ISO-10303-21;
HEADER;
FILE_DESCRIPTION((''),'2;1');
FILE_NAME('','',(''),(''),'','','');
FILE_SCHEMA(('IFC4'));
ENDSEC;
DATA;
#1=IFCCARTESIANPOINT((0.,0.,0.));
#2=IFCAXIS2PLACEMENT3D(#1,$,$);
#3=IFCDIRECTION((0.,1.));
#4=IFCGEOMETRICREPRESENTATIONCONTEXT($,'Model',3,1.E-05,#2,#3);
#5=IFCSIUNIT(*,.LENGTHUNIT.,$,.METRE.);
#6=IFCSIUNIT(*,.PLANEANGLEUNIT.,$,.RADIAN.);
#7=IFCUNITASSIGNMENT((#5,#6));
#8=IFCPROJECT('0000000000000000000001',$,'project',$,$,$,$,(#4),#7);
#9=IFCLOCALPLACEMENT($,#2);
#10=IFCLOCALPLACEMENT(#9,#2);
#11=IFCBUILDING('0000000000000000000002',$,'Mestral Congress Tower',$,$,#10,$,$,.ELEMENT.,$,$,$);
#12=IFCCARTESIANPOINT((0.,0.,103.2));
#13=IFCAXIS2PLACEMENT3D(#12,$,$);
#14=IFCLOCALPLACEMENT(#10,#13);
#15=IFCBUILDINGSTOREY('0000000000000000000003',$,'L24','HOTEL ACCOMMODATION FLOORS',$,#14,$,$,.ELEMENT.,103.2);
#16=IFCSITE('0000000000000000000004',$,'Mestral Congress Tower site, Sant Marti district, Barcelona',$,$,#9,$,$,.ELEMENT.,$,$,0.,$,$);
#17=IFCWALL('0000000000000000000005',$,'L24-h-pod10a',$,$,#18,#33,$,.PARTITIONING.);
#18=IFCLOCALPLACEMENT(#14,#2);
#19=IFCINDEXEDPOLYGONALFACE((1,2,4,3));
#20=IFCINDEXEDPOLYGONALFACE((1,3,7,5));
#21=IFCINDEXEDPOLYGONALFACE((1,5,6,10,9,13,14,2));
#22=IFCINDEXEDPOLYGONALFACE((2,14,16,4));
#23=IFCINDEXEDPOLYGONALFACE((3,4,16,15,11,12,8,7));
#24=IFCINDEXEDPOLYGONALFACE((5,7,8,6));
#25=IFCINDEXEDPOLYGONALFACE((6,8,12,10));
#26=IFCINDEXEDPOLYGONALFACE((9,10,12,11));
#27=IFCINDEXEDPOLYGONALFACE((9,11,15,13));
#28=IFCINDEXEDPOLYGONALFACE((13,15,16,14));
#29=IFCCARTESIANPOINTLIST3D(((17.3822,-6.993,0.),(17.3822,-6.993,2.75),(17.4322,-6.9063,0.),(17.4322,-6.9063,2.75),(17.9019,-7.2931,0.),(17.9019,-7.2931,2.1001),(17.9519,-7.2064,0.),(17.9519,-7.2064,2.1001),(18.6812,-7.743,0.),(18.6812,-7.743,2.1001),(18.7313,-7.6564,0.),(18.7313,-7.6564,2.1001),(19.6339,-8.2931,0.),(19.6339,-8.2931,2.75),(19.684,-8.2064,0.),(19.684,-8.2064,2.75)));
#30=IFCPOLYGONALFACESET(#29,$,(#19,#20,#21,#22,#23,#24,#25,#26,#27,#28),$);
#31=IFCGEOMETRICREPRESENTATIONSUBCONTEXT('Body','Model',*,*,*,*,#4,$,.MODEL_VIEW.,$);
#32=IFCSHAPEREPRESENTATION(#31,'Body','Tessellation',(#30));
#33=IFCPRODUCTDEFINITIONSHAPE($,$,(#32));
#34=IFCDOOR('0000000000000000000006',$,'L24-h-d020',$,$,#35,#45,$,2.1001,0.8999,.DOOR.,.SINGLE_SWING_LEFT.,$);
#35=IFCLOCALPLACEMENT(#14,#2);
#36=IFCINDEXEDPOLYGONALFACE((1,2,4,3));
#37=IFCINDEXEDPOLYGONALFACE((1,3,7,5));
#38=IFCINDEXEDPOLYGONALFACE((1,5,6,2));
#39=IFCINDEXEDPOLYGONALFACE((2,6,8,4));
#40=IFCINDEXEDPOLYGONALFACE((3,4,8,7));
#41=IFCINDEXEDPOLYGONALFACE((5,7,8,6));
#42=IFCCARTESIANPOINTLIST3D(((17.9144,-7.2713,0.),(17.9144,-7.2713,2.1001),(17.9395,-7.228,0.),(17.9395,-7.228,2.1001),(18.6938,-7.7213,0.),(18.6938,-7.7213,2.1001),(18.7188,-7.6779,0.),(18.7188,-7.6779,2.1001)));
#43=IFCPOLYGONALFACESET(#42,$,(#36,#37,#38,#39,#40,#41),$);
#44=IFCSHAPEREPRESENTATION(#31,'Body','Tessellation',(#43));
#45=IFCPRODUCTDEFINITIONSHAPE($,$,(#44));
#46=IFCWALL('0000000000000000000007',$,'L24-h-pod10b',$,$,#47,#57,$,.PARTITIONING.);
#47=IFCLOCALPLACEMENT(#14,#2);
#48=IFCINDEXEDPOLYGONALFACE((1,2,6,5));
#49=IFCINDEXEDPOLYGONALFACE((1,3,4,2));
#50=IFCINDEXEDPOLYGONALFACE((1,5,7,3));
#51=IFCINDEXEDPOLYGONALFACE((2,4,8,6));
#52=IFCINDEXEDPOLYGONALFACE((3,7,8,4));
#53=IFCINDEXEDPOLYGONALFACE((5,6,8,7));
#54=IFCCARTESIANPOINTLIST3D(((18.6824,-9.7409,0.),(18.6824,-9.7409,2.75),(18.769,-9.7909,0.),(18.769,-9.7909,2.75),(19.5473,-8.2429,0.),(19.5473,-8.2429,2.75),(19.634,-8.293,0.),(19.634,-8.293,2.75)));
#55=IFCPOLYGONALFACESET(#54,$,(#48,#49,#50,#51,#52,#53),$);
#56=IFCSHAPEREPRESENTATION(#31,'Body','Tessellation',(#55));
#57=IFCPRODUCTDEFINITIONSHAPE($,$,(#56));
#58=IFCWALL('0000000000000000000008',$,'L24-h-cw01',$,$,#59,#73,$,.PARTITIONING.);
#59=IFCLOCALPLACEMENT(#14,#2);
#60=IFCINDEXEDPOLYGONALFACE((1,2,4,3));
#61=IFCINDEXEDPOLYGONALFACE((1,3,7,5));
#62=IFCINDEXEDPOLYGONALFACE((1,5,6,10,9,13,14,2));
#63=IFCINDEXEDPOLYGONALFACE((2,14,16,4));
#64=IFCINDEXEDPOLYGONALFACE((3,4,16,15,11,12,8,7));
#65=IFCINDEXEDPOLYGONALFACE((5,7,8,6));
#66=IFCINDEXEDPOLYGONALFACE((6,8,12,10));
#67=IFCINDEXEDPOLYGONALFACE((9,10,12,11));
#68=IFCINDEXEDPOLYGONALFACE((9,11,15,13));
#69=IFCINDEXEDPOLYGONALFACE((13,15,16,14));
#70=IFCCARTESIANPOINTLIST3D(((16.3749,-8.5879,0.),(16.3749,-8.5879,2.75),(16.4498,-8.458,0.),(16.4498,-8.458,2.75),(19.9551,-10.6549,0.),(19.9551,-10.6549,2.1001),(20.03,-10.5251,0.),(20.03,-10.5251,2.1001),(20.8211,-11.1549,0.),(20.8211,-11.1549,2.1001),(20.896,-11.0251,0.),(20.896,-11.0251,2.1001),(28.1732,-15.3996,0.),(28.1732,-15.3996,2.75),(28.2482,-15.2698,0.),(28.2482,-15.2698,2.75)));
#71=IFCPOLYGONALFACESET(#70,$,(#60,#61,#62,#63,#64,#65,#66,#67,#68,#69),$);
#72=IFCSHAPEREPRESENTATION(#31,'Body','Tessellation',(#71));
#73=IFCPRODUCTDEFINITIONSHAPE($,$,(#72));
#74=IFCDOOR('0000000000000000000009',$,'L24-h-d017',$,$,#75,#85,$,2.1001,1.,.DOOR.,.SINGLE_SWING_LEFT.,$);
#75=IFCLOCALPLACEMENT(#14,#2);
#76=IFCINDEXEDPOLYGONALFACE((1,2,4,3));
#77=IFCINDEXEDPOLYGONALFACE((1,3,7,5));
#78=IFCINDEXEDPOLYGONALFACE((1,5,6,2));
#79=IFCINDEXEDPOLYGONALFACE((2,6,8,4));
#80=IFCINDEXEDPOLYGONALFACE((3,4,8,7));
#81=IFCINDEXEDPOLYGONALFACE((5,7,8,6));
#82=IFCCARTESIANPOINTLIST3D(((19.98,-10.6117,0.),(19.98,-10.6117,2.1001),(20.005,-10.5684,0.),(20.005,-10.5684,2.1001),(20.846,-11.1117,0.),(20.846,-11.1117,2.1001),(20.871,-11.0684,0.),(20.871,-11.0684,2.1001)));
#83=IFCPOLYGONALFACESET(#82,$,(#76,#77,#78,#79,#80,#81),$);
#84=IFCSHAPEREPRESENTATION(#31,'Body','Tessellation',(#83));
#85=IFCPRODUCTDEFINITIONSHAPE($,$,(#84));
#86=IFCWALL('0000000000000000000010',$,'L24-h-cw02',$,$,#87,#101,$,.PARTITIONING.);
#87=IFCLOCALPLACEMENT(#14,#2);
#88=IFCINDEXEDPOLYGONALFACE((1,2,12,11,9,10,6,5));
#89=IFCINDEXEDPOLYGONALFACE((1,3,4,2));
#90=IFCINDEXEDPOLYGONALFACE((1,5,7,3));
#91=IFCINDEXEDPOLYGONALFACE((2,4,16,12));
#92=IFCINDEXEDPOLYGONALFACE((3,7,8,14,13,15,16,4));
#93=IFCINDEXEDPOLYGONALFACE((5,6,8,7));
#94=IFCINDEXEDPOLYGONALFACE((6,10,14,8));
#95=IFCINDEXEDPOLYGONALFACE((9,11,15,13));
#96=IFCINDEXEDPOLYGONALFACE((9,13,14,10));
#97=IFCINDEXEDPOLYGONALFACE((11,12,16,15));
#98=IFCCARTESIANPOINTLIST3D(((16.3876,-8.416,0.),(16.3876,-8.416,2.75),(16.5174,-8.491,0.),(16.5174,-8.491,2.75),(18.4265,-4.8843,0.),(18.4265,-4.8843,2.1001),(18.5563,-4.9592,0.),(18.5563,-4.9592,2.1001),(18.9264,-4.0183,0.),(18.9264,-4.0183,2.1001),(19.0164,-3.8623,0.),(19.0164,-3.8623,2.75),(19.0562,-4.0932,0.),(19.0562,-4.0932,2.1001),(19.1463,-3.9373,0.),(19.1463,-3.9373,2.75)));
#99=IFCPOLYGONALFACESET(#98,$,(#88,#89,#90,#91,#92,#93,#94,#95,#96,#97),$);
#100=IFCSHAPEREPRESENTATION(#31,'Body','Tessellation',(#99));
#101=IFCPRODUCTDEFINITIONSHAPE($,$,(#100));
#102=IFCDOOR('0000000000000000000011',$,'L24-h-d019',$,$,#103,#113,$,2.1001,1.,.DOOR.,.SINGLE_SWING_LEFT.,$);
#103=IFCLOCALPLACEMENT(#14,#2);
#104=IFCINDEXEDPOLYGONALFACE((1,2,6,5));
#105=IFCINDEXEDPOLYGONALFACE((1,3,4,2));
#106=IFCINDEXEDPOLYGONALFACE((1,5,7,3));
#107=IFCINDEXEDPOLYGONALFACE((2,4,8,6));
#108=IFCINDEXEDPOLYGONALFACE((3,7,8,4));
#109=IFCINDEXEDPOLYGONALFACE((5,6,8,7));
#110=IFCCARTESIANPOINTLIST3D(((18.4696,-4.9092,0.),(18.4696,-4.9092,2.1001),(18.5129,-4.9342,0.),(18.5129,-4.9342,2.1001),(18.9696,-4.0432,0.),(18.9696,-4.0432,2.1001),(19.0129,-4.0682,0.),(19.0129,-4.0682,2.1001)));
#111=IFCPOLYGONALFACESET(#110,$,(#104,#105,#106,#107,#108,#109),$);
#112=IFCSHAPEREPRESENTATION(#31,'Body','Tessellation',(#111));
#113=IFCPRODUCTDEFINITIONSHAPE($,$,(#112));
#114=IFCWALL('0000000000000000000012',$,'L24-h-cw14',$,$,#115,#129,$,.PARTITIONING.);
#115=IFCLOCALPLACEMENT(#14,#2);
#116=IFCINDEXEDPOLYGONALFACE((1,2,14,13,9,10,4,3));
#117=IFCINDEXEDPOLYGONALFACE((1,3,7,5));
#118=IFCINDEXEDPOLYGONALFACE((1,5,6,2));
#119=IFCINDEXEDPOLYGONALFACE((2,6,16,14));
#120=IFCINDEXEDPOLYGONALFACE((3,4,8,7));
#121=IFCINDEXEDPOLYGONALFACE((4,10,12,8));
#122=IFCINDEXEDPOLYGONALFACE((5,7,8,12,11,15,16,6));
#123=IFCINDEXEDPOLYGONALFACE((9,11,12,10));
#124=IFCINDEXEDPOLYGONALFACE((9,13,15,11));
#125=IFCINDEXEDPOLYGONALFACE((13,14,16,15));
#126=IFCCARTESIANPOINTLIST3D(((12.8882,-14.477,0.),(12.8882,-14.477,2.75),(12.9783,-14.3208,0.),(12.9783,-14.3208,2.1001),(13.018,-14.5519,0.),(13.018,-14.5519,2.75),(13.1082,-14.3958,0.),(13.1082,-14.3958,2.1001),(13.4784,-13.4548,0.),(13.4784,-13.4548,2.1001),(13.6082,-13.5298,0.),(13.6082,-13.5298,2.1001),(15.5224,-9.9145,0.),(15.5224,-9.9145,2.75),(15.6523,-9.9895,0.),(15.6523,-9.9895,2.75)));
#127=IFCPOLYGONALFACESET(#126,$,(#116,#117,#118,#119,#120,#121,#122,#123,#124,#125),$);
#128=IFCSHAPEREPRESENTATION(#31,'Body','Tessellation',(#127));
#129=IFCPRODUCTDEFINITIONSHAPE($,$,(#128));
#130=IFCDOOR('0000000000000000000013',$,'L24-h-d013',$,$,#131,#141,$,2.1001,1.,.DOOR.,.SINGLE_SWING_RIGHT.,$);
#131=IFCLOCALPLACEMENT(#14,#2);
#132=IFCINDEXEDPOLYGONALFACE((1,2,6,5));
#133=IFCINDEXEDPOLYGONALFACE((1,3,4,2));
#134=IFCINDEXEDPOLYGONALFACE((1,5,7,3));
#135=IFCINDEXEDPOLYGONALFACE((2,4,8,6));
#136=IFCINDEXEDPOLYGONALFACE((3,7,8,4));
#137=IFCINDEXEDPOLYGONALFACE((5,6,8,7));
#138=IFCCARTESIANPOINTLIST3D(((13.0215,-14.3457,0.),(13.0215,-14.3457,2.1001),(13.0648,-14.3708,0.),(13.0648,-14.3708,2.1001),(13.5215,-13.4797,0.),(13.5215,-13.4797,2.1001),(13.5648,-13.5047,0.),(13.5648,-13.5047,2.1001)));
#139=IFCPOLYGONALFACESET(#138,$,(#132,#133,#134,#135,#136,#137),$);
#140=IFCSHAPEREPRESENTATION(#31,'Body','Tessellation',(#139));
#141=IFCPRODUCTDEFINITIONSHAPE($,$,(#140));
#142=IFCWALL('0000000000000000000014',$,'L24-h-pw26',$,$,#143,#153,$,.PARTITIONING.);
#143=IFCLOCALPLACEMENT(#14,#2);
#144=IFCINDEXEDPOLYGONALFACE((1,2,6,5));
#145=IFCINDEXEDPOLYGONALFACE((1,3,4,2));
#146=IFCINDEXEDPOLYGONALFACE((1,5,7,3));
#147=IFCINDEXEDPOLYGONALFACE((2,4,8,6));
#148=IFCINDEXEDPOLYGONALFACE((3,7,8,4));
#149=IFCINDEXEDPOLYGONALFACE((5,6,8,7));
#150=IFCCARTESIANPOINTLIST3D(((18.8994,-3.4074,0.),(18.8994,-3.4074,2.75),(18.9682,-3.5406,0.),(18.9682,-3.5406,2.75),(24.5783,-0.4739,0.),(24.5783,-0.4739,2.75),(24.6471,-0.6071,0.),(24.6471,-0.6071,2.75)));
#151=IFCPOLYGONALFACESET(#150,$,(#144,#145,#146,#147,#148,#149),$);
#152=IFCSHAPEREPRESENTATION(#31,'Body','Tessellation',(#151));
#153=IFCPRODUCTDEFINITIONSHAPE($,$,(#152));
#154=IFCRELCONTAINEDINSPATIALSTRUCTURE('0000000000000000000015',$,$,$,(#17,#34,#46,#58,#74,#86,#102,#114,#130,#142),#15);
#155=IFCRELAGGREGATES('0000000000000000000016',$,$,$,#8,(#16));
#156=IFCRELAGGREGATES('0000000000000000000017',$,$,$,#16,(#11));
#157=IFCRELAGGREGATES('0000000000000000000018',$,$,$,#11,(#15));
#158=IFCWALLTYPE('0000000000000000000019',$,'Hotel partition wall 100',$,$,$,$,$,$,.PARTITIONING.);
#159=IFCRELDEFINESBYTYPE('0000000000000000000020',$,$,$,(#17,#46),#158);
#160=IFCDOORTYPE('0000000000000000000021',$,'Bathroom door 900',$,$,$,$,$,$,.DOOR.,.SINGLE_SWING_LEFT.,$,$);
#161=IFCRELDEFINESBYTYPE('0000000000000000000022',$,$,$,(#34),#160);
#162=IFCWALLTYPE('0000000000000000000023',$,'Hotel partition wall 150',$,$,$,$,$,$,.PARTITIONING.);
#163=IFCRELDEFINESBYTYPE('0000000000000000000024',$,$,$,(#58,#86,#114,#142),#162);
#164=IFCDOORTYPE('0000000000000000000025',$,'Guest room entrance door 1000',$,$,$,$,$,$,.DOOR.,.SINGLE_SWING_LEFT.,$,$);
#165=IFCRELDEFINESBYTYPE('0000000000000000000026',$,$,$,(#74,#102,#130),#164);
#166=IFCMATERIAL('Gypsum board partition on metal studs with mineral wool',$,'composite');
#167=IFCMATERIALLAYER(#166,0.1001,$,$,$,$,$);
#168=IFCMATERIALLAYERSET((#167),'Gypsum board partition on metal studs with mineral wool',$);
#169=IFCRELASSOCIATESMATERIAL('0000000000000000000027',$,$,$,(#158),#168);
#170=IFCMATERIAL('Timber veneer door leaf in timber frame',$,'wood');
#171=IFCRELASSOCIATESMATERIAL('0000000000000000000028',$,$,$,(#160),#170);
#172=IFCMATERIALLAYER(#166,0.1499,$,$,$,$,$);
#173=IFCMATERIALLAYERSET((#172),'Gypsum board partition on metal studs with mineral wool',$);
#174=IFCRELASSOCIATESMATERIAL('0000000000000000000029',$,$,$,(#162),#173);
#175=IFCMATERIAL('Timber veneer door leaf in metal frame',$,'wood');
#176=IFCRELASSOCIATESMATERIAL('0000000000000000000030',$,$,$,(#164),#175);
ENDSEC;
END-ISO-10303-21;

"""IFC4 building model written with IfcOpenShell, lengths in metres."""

from ifc_helpers import new_model, si_unit, direction, frame, frame_2d, origin, place, context, subcontext, project, spatial, rectangle, extrude, material, layer, layer_set, type_object, element, fill, save


model = new_model("IFC4")

# Units and contexts
model_context = context("Model", 3, precision=1e-05, world=origin(), true_north=direction((0.0, 1.0)))
body_context = subcontext(model_context, "Body", "Model", "MODEL_VIEW")
ifc_project = project(units=[si_unit("LENGTHUNIT", "METRE"), si_unit("PLANEANGLEUNIT", "RADIAN")], contexts=[model_context])

# Site, building, storey
site_placement = place(None, origin())
site = spatial("IfcSite", under=ifc_project, at=site_placement, Name="Mestral Congress Tower site, Sant Marti district, Barcelona", CompositionType="ELEMENT", RefElevation=0.0)
building_placement = place(site_placement, origin())
building = spatial("IfcBuilding", under=site, at=building_placement, Name="Mestral Congress Tower", CompositionType="ELEMENT")
storey_placement = place(building_placement, frame((0.0, 0.0, 103.2)))
storey = spatial("IfcBuildingStorey", under=building, at=storey_placement, Name="L24", Description="HOTEL ACCOMMODATION FLOORS", CompositionType="ELEMENT", Elevation=103.2)

# Shared definitions
ifc_material_1 = material(Name="Gypsum board partition on metal studs with mineral wool", Category="composite")
ifc_layer_1 = layer(ifc_material_1, 0.1001)
ifc_layer_set_1 = layer_set([ifc_layer_1], Name="Gypsum board partition on metal studs with mineral wool")
wall_type_1 = type_object("IfcWallType", Name="Hotel partition wall 100", PredefinedType="PARTITIONING", material=ifc_layer_set_1)
ifc_material_2 = material(Name="Timber veneer door leaf in timber frame", Category="wood")
door_type_1 = type_object("IfcDoorType", Name="Bathroom door 900", OperationType="SINGLE_SWING_LEFT", PredefinedType="DOOR", material=ifc_material_2)

# Wall, opening, door
wall_1_placement = place(storey_placement, frame((19.6589, -8.2498, 0.0), z_axis=(0.0, 0.0, 1.0), x_axis=(-0.866021, 0.500007, 0.0)))
wall_1 = element("IfcWall", 1, at=wall_1_placement, inside=storey, type_object=wall_type_1, Name="L24-h-pod10a", PredefinedType="PARTITIONING", context=body_context, shape_type="SweptSolid", body=[
    extrude(rectangle(XDim=2.6001, YDim=0.1001, at=frame_2d((1.3, 0.0))), origin(), (0.0, 0.0, 1.0), 2.75),
])
opening_1_placement = place(wall_1_placement, frame((1.1001, 0.0, 0.0)))
opening_1 = element("IfcOpeningElement", 2, at=opening_1_placement, cuts=wall_1, PredefinedType="OPENING", context=body_context, shape_type="SweptSolid", body=[
    extrude(rectangle(XDim=0.8999, YDim=2.1001, at=frame_2d((0.45, 1.05))), frame((0.0, 0.0601, 0.0), z_axis=(0.0, -1.0, 0.0), x_axis=(1.0, 0.0, 0.0)), (0.0, 0.0, 1.0), 0.1201),
])
door_1_placement = place(opening_1_placement, origin())
door_1 = element("IfcDoor", 3, at=door_1_placement, inside=storey, type_object=door_type_1, Name="L24-h-d020", OperationType="SINGLE_SWING_LEFT", OverallHeight=2.1001, OverallWidth=0.8999, PredefinedType="DOOR", context=body_context, shape_type="SweptSolid", body=[
    extrude(rectangle(XDim=0.8999, YDim=2.1001, at=frame_2d((0.45, 1.05))), frame((0.0, 0.0249, 0.0), z_axis=(0.0, -1.0, 0.0), x_axis=(1.0, 0.0, 0.0)), (0.0, 0.0, 1.0), 0.05),
])
fill(opening_1, door_1)

# Wall
wall_2_placement = place(storey_placement, frame((19.5906, -8.2681, 0.0), z_axis=(0.0, 0.0, 1.0), x_axis=(-0.50004, -0.866002, 0.0)))
element("IfcWall", 4, at=wall_2_placement, inside=storey, type_object=wall_type_1, Name="L24-h-pod10b", PredefinedType="PARTITIONING", context=body_context, shape_type="SweptSolid", body=[
    extrude(rectangle(XDim=1.7297, YDim=0.1001, at=frame_2d((0.8647, 0.0))), origin(), (0.0, 0.0, 1.0), 2.75),
])

# Walls, openings, doors
ifc_layer_2 = layer(ifc_material_1, 0.1499)
ifc_layer_set_2 = layer_set([ifc_layer_2], Name="Gypsum board partition on metal studs with mineral wool")
wall_type_2 = type_object("IfcWallType", Name="Hotel partition wall 150", PredefinedType="PARTITIONING", material=ifc_layer_set_2)
wall_3_placement = place(storey_placement, frame((16.4124, -8.5229, 0.0), z_axis=(0.0, 0.0, 1.0), x_axis=(0.866026, -0.5, 0.0)))
wall_3 = element("IfcWall", 5, at=wall_3_placement, inside=storey, type_object=wall_type_2, Name="L24-h-cw01", PredefinedType="PARTITIONING", context=body_context, shape_type="SweptSolid", body=[
    extrude(rectangle(XDim=13.6235, YDim=0.1499, at=frame_2d((6.8118, 0.0))), origin(), (0.0, 0.0, 1.0), 2.75),
])
opening_2_placement = place(wall_3_placement, frame((4.134, 0.0, 0.0)))
opening_2 = element("IfcOpeningElement", 6, at=opening_2_placement, cuts=wall_3, PredefinedType="OPENING", context=body_context, shape_type="SweptSolid", body=[
    extrude(rectangle(XDim=1.0, YDim=2.1001, at=frame_2d((0.5, 1.05))), frame((0.0, 0.085, 0.0), z_axis=(0.0, -1.0, 0.0), x_axis=(1.0, 0.0, 0.0)), (0.0, 0.0, 1.0), 0.1699),
])
ifc_material_3 = material(Name="Timber veneer door leaf in metal frame", Category="wood")
door_type_2 = type_object("IfcDoorType", Name="Guest room entrance door 1000", OperationType="SINGLE_SWING_LEFT", PredefinedType="DOOR", material=ifc_material_3)
door_2_placement = place(opening_2_placement, origin())
door_2 = element("IfcDoor", 7, at=door_2_placement, inside=storey, type_object=door_type_2, Name="L24-h-d017", OperationType="SINGLE_SWING_LEFT", OverallHeight=2.1001, OverallWidth=1.0, PredefinedType="DOOR", context=body_context, shape_type="SweptSolid", body=[
    extrude(rectangle(XDim=1.0, YDim=2.1001, at=frame_2d((0.5, 1.05))), frame((0.0, 0.0249, 0.0), z_axis=(0.0, -1.0, 0.0), x_axis=(1.0, 0.0, 0.0)), (0.0, 0.0, 1.0), 0.05),
])
fill(opening_2, door_2)
wall_4_placement = place(storey_placement, frame((19.0813, -3.8999, 0.0), z_axis=(0.0, 0.0, 1.0), x_axis=(-0.499974, -0.86604, 0.0)))
wall_4 = element("IfcWall", 8, at=wall_4_placement, inside=storey, type_object=wall_type_2, Name="L24-h-cw02", PredefinedType="PARTITIONING", context=body_context, shape_type="SweptSolid", body=[
    extrude(rectangle(XDim=5.2581, YDim=0.1499, at=frame_2d((2.6289, 0.0))), origin(), (0.0, 0.0, 1.0), 2.75),
])
opening_3_placement = place(wall_4_placement, frame((0.1799, 0.0, 0.0)))
opening_3 = element("IfcOpeningElement", 9, at=opening_3_placement, cuts=wall_4, PredefinedType="OPENING", context=body_context, shape_type="SweptSolid", body=[
    extrude(rectangle(XDim=1.0, YDim=2.1001, at=frame_2d((0.5, 1.05))), frame((0.0, 0.085, 0.0), z_axis=(0.0, -1.0, 0.0), x_axis=(1.0, 0.0, 0.0)), (0.0, 0.0, 1.0), 0.1699),
])
door_3_placement = place(opening_3_placement, origin())
door_3 = element("IfcDoor", 10, at=door_3_placement, inside=storey, type_object=door_type_2, Name="L24-h-d019", OperationType="SINGLE_SWING_LEFT", OverallHeight=2.1001, OverallWidth=1.0, PredefinedType="DOOR", context=body_context, shape_type="SweptSolid", body=[
    extrude(rectangle(XDim=1.0, YDim=2.1001, at=frame_2d((0.5, 1.05))), frame((0.0, 0.0249, 0.0), z_axis=(0.0, -1.0, 0.0), x_axis=(1.0, 0.0, 0.0)), (0.0, 0.0, 1.0), 0.05),
])
fill(opening_3, door_3)
wall_5_placement = place(storey_placement, frame((15.5874, -9.9519, 0.0), z_axis=(0.0, 0.0, 1.0), x_axis=(-0.500017, -0.866016, 0.0)))
wall_5 = element("IfcWall", 11, at=wall_5_placement, inside=storey, type_object=wall_type_2, Name="L24-h-cw14", PredefinedType="PARTITIONING", context=body_context, shape_type="SweptSolid", body=[
    extrude(rectangle(XDim=5.2683, YDim=0.1499, at=frame_2d((2.6343, 0.0))), origin(), (0.0, 0.0, 1.0), 2.75),
])
opening_4_placement = place(wall_5_placement, frame((4.0881, 0.0, 0.0)))
opening_4 = element("IfcOpeningElement", 12, at=opening_4_placement, cuts=wall_5, PredefinedType="OPENING", context=body_context, shape_type="SweptSolid", body=[
    extrude(rectangle(XDim=1.0, YDim=2.1001, at=frame_2d((0.5, 1.05))), frame((0.0, 0.085, 0.0), z_axis=(0.0, -1.0, 0.0), x_axis=(1.0, 0.0, 0.0)), (0.0, 0.0, 1.0), 0.1699),
])
door_4_placement = place(opening_4_placement, origin())
door_4 = element("IfcDoor", 13, at=door_4_placement, inside=storey, type_object=door_type_2, Name="L24-h-d013", OperationType="SINGLE_SWING_RIGHT", OverallHeight=2.1001, OverallWidth=1.0, PredefinedType="DOOR", context=body_context, shape_type="SweptSolid", body=[
    extrude(rectangle(XDim=1.0, YDim=2.1001, at=frame_2d((0.5, 1.05))), frame((0.0, 0.0249, 0.0), z_axis=(0.0, -1.0, 0.0), x_axis=(1.0, 0.0, 0.0)), (0.0, 0.0, 1.0), 0.05),
])
fill(opening_4, door_4)

# Wall
wall_6_placement = place(storey_placement, frame((24.6125, -0.5405, 0.0), z_axis=(0.0, 0.0, 1.0), x_axis=(-0.88846, -0.458954, 0.0)))
element("IfcWall", 14, at=wall_6_placement, inside=storey, type_object=wall_type_2, Name="L24-h-pw26", PredefinedType="PARTITIONING", context=body_context, shape_type="SweptSolid", body=[
    extrude(rectangle(XDim=6.3918, YDim=0.1499, at=frame_2d((3.1958, 0.0))), origin(), (0.0, 0.0, 1.0), 2.75),
])

save(model, "model.ifc")
